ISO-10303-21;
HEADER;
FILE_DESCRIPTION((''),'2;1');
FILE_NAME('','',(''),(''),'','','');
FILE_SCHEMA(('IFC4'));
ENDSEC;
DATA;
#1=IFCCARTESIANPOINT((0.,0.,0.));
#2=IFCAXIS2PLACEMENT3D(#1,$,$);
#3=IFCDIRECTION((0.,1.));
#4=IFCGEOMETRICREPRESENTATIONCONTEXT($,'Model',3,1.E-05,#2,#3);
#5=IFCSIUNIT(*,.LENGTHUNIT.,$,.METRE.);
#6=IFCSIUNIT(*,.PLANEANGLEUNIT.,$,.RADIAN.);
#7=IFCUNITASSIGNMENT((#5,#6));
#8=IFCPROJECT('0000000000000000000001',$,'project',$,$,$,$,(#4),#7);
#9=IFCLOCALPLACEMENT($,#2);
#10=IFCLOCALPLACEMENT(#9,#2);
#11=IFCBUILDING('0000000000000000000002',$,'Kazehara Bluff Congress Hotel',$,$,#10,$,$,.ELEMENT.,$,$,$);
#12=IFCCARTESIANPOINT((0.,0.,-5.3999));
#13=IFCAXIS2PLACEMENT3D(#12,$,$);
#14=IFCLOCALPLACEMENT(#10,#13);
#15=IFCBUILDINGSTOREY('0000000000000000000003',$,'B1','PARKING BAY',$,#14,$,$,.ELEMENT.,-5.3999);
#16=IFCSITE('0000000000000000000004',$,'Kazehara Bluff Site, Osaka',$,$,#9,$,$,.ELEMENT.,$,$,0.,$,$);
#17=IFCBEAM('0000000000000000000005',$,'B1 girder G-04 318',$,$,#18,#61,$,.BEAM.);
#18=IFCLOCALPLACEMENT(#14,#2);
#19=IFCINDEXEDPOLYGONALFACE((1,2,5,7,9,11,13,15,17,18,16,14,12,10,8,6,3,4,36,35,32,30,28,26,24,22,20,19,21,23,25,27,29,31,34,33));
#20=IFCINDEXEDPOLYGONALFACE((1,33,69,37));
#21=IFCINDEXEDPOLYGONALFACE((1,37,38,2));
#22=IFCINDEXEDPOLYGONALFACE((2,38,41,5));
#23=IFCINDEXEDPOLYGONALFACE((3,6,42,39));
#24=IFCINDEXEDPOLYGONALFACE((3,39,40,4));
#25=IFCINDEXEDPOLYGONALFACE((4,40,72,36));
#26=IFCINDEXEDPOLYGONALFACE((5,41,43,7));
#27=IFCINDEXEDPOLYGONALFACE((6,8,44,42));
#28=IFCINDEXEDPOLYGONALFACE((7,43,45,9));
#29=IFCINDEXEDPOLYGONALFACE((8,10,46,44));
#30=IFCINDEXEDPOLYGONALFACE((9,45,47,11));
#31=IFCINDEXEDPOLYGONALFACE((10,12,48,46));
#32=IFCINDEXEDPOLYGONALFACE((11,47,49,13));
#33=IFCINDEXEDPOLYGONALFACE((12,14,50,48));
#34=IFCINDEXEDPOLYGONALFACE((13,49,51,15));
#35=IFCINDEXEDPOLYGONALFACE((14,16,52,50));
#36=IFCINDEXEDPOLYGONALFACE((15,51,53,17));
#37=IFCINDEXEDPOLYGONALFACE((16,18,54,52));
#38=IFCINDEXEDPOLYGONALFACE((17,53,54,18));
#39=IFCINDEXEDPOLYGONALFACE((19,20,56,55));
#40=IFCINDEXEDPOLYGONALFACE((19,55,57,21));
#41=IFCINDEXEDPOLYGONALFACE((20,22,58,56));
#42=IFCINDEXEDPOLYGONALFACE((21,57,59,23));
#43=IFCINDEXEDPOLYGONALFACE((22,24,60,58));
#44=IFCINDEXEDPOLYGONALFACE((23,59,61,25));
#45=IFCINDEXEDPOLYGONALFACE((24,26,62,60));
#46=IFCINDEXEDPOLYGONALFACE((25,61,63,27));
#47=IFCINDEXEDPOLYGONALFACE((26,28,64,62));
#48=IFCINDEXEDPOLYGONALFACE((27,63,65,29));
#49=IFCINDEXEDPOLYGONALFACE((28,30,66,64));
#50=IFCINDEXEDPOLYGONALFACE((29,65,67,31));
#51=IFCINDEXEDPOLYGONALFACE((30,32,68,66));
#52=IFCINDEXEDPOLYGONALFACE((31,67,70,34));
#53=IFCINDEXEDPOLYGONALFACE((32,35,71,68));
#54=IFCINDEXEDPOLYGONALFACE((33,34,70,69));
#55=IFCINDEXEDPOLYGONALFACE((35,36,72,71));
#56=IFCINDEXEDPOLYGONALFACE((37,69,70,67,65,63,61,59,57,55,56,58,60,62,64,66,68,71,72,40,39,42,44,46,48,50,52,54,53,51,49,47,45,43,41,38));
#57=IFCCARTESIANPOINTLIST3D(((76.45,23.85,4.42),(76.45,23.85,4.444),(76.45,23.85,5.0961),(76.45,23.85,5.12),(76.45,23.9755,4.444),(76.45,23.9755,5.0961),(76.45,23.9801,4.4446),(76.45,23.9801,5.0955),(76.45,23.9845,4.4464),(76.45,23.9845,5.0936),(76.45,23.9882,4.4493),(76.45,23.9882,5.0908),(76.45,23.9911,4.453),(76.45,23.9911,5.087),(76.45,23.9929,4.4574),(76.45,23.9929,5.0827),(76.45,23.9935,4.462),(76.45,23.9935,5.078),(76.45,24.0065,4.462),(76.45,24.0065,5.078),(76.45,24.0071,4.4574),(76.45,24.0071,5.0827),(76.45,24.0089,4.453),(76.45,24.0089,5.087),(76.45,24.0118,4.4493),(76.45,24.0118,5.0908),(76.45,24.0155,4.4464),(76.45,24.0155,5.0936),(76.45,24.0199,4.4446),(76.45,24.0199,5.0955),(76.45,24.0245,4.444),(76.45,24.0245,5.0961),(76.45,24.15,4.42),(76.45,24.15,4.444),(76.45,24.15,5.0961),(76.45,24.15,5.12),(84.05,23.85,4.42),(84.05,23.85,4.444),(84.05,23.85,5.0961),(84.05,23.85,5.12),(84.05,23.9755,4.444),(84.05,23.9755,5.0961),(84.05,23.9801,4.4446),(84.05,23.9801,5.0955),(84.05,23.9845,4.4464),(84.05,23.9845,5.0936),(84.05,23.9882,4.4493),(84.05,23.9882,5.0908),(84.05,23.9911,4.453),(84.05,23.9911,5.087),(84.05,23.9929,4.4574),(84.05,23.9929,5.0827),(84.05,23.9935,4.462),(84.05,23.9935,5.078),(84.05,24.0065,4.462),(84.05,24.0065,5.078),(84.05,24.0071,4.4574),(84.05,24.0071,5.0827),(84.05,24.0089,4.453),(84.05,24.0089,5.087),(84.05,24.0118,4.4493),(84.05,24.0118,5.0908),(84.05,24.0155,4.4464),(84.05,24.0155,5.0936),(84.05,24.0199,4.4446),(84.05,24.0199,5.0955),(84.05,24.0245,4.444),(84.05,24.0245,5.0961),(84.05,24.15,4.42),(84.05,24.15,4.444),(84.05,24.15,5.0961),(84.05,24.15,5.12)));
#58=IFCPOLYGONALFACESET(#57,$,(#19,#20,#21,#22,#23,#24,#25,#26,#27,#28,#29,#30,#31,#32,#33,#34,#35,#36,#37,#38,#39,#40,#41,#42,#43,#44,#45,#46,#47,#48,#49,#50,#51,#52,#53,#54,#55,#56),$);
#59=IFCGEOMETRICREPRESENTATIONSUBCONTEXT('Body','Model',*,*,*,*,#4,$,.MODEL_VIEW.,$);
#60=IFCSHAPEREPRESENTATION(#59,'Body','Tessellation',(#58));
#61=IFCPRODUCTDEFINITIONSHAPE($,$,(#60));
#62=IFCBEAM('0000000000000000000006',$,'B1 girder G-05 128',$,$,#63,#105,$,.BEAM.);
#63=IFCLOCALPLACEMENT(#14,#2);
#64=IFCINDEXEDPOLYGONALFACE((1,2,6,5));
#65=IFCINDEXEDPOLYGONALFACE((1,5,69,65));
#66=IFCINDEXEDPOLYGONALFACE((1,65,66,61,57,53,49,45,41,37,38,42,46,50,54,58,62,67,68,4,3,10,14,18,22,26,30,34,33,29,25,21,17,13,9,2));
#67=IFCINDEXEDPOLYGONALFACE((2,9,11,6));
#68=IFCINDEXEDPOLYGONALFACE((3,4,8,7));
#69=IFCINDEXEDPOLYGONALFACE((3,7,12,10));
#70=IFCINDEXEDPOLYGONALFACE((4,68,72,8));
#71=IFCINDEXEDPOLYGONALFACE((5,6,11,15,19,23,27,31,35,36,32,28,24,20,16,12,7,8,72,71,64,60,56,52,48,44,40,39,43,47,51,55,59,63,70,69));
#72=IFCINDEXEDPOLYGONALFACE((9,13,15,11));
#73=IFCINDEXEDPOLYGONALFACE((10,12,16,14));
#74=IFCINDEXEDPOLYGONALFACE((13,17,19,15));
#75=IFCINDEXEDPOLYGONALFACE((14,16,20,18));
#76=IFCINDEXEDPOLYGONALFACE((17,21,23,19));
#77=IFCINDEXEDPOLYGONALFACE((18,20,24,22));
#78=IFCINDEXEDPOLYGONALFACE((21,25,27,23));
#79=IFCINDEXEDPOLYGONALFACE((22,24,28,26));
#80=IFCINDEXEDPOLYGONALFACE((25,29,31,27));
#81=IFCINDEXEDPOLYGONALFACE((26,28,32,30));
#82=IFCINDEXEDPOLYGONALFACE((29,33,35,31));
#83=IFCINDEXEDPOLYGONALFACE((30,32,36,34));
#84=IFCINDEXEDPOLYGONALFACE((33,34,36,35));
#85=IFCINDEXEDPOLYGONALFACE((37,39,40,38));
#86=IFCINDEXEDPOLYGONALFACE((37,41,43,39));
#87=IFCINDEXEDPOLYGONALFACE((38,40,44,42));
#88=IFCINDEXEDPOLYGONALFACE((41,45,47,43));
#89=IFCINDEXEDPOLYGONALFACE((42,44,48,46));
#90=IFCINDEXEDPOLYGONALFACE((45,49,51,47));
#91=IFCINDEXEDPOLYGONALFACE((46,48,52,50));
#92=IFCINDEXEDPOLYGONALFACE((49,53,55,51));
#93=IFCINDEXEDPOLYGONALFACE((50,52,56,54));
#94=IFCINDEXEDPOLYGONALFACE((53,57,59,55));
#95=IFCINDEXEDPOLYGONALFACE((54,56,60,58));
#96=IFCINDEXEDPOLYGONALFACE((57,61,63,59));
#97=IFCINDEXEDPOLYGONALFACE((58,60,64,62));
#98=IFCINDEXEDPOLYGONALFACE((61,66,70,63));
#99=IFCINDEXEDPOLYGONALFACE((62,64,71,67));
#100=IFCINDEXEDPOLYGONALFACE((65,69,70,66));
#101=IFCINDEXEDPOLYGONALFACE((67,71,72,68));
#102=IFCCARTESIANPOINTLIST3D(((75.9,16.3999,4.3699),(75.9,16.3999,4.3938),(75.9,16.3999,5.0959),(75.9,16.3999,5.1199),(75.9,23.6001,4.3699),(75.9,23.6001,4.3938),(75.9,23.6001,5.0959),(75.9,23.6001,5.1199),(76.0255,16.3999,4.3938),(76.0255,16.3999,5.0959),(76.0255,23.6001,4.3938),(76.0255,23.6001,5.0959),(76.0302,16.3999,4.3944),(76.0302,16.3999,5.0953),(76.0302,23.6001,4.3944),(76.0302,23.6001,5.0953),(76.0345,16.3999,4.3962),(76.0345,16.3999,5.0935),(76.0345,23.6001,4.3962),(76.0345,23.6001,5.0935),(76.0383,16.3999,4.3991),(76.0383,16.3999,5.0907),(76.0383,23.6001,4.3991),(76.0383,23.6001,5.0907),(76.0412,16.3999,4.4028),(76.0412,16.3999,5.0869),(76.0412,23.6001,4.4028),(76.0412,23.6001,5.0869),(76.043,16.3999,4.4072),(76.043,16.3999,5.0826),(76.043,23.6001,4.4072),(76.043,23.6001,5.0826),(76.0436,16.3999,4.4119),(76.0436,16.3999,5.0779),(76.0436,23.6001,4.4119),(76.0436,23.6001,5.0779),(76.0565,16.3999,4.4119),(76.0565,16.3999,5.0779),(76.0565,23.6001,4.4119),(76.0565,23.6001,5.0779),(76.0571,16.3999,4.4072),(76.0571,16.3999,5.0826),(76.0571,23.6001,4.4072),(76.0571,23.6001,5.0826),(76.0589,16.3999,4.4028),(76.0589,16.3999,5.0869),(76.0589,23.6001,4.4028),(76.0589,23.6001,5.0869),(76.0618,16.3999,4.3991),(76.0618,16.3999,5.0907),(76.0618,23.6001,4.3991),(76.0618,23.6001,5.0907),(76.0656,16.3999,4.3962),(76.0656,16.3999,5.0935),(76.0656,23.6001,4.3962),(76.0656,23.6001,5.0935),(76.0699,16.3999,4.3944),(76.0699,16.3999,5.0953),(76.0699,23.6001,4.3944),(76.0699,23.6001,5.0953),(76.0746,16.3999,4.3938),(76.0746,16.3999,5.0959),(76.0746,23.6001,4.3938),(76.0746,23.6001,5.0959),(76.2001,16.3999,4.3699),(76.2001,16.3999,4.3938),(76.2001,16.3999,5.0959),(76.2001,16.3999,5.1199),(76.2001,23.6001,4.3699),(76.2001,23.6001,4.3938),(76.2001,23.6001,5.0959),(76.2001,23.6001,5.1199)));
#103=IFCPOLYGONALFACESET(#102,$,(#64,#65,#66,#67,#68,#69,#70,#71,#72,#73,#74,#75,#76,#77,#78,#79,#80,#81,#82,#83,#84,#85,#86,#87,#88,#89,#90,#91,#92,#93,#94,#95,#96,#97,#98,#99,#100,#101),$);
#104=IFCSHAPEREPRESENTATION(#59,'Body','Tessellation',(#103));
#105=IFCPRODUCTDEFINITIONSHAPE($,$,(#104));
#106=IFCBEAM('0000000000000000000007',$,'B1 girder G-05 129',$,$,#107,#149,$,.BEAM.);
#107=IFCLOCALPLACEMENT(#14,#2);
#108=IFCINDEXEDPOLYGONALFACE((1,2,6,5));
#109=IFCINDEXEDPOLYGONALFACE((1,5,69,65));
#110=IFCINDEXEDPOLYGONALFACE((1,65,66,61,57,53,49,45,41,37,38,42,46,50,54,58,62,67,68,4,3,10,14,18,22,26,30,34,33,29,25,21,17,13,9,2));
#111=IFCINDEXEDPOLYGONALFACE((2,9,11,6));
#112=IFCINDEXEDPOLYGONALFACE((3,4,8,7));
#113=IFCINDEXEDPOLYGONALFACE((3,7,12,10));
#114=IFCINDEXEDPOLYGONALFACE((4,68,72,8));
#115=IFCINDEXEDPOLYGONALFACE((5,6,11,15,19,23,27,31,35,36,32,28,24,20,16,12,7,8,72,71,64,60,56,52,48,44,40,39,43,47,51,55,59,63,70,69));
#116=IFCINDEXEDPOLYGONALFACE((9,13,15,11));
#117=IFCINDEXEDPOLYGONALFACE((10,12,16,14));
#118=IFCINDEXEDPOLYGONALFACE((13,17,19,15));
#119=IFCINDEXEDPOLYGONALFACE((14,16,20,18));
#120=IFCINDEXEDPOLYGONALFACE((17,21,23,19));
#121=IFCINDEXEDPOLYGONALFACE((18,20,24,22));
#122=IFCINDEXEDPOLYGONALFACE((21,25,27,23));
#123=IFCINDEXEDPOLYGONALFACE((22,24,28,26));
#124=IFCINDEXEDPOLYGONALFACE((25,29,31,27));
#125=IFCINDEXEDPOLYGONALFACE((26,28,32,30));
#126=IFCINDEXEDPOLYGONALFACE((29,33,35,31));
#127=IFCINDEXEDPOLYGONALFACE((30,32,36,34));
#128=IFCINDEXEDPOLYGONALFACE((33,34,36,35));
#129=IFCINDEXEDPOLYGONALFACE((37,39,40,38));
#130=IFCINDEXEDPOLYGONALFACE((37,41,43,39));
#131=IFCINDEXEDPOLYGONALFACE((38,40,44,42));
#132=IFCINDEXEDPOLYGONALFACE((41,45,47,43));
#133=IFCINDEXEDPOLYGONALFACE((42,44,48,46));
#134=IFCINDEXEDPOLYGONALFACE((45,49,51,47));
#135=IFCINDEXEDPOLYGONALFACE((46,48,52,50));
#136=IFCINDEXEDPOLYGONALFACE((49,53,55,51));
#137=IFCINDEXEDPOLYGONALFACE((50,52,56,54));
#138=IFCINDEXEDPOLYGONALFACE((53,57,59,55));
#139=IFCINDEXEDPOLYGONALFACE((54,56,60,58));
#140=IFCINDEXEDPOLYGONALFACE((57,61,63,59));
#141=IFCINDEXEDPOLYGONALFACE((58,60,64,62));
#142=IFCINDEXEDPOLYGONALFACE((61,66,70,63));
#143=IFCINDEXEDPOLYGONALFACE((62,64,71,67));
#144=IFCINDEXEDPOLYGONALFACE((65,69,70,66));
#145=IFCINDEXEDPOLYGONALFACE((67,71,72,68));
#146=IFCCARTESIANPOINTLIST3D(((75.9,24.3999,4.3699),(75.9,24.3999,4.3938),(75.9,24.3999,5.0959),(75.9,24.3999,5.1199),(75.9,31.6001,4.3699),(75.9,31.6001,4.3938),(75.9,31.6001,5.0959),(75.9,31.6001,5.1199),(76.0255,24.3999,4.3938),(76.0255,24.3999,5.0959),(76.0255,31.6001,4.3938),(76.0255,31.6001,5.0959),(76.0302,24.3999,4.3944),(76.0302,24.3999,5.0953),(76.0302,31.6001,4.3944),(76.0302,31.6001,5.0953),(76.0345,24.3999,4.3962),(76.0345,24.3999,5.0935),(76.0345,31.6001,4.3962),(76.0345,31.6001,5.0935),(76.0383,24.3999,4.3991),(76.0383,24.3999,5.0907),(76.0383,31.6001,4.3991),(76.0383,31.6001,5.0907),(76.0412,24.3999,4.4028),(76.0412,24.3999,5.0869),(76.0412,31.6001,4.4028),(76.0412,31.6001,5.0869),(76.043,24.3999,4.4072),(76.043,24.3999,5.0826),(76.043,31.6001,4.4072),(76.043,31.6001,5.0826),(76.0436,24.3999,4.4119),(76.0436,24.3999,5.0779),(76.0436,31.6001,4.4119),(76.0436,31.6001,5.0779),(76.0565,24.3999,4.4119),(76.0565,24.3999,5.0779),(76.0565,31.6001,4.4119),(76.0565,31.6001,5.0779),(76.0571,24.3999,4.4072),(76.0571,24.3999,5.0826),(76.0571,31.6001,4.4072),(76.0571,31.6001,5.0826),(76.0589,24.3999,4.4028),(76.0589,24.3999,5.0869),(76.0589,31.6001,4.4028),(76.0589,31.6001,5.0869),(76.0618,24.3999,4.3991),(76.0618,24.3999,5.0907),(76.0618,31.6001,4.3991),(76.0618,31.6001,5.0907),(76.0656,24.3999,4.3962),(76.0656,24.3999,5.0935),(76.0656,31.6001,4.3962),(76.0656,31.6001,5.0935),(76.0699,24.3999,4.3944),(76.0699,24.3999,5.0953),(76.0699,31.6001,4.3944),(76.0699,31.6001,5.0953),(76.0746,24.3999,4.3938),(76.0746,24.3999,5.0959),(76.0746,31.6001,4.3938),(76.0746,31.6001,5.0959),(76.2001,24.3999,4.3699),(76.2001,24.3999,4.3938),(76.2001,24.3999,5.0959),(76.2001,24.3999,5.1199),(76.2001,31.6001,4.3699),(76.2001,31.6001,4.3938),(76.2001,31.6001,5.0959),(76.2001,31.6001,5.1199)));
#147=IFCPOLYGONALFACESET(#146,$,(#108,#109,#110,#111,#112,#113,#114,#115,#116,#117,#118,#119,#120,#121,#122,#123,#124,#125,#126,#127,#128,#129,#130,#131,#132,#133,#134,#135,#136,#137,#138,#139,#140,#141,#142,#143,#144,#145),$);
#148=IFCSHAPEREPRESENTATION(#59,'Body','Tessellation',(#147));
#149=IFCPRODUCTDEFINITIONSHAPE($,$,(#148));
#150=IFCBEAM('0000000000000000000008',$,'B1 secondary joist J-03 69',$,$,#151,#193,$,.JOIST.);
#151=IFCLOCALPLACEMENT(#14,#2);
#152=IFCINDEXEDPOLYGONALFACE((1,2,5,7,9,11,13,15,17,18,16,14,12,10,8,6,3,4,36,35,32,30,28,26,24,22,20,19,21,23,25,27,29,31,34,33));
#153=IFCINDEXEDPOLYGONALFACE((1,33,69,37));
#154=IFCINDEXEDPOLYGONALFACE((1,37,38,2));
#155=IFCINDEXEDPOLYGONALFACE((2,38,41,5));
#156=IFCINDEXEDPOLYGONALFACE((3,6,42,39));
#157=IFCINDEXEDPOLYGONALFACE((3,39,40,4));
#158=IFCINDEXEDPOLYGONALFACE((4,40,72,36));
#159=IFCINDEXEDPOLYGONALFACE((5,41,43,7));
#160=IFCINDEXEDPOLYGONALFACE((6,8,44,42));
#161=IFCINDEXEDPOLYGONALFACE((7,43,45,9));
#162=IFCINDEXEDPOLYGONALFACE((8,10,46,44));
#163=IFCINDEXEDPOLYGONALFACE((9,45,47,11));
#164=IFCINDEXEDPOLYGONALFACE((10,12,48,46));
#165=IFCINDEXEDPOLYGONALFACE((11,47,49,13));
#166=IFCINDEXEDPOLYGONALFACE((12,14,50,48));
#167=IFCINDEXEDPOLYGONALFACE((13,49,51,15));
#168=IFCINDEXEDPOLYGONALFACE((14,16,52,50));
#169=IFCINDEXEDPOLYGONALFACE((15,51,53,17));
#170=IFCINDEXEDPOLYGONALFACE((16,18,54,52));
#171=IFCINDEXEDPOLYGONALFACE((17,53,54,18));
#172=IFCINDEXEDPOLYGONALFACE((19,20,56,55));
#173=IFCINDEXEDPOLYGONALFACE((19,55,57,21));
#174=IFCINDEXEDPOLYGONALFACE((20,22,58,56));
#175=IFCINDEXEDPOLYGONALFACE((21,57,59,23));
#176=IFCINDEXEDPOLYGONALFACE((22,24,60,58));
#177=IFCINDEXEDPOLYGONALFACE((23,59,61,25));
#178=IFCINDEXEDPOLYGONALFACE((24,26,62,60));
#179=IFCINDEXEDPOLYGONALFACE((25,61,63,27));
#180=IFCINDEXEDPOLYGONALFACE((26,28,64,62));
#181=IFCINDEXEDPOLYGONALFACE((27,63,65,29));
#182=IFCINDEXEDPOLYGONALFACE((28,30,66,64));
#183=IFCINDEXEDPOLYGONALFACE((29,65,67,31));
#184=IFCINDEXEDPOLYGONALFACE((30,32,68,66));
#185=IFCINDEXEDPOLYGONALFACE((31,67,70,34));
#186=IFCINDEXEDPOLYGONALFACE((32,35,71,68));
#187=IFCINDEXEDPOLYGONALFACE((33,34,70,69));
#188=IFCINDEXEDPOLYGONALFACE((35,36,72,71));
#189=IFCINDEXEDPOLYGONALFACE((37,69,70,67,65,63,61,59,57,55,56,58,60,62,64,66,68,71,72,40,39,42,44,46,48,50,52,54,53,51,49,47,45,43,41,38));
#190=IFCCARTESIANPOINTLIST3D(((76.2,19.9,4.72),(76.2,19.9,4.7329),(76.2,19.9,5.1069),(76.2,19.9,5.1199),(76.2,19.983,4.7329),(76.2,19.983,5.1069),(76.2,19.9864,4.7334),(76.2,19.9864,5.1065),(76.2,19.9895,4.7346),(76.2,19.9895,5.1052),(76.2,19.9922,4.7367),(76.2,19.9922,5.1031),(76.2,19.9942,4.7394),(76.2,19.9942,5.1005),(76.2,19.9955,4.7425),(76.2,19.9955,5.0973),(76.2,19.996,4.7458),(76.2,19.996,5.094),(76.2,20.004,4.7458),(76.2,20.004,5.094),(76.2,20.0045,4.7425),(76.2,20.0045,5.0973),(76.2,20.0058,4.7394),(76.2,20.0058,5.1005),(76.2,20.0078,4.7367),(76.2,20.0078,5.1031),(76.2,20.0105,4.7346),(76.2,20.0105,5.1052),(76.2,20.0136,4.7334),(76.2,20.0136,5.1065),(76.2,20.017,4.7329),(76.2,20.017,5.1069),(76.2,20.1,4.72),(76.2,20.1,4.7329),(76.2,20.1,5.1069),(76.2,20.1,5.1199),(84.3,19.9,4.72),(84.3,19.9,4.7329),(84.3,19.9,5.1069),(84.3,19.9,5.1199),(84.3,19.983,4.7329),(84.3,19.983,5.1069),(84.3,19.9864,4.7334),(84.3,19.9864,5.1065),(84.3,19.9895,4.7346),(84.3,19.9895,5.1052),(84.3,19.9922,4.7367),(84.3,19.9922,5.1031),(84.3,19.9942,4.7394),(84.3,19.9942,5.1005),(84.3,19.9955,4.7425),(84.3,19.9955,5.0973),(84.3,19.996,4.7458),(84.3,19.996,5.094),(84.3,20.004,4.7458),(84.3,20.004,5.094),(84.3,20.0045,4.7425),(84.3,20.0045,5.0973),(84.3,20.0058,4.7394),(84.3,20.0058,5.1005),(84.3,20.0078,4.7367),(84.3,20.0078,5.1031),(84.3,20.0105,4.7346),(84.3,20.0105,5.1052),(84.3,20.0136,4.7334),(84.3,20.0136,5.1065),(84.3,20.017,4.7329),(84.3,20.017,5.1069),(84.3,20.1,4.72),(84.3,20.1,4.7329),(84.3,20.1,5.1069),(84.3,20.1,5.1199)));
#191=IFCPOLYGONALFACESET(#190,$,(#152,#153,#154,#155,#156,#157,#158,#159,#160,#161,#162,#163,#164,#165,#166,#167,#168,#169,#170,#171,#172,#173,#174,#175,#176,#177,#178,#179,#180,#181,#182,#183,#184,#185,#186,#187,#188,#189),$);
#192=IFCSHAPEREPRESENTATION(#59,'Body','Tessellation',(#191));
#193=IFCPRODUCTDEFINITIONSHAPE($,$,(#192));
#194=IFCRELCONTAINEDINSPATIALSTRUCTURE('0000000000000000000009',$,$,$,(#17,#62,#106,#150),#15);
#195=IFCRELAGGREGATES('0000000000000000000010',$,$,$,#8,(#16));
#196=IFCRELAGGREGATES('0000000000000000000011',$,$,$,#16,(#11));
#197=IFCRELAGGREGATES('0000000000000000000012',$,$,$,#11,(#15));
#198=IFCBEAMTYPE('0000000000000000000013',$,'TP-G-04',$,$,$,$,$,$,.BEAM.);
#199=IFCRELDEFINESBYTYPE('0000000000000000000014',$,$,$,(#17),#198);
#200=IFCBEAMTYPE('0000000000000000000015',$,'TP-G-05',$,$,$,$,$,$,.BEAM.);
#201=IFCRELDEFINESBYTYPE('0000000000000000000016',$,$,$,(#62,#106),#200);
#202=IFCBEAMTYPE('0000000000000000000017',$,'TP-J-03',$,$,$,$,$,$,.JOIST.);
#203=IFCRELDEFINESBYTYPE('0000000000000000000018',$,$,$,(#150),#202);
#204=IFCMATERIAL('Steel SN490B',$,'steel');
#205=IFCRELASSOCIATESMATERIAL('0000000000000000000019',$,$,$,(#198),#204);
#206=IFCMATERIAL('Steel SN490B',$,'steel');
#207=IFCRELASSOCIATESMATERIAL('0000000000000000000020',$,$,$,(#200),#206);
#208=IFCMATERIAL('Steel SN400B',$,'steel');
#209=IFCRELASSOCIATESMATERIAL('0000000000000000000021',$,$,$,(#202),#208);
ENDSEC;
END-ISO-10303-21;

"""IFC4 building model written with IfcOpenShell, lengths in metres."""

from ifc_helpers import new_model, si_unit, direction, frame, origin, origin_2d, place, context, subcontext, project, spatial, i_section, extrude, material, material_profile, profile_set, type_object, element, save


model = new_model("IFC4")

# Units and contexts
model_context = context("Model", 3, precision=1e-05, world=origin(), true_north=direction((0.0, 1.0)))
body_context = subcontext(model_context, "Body", "Model", "MODEL_VIEW")
ifc_project = project(units=[si_unit("LENGTHUNIT", "METRE"), si_unit("PLANEANGLEUNIT", "RADIAN")], contexts=[model_context])

# Site, building, storey
site_placement = place(None, origin())
site = spatial("IfcSite", under=ifc_project, at=site_placement, Name="Kazehara Bluff Site, Osaka", CompositionType="ELEMENT", RefElevation=0.0)
building_placement = place(site_placement, origin())
building = spatial("IfcBuilding", under=site, at=building_placement, Name="Kazehara Bluff Congress Hotel", CompositionType="ELEMENT")
storey_placement = place(building_placement, frame((0.0, 0.0, -5.3999)))
storey = spatial("IfcBuildingStorey", under=building, at=storey_placement, Name="B1", Description="PARKING BAY", CompositionType="ELEMENT", Elevation=-5.3999)

# Beams
ifc_material_1 = material(Name="Steel SN490B", Category="steel")
ifc_material_profile_1 = material_profile(ifc_material_1, i_section(OverallWidth=0.3, OverallDepth=0.7, WebThickness=0.0129, FlangeThickness=0.0239, FilletRadius=0.0181, at=origin_2d()))
ifc_profile_set_1 = profile_set([ifc_material_profile_1], Name="Steel SN490B")
beam_type_1 = type_object("IfcBeamType", Name="TP-G-04", PredefinedType="BEAM", material=ifc_profile_set_1)
for number, where, z_axis, x_axis, name in (
    (1, (76.45, 24.0, 4.77), (1.0, 0.0, 0.0), (0.0, 1.0, 0.0), "B1 girder G-04 318"),
):
    element("IfcBeam", number, at=place(storey_placement, frame(where, z_axis=z_axis, x_axis=x_axis)), inside=storey, type_object=beam_type_1, Name=name, PredefinedType="BEAM", context=body_context, shape_type="SweptSolid", body=[
        extrude(i_section(OverallWidth=0.3, OverallDepth=0.7, WebThickness=0.0129, FlangeThickness=0.0239, FilletRadius=0.0181, at=origin_2d()), origin(), (0.0, 0.0, 1.0), 7.6001),
    ])
ifc_material_2 = material(Name="Steel SN490B", Category="steel")
ifc_material_profile_2 = material_profile(ifc_material_2, i_section(OverallWidth=0.3, OverallDepth=0.75, WebThickness=0.0129, FlangeThickness=0.0239, FilletRadius=0.0181, at=origin_2d()))
ifc_profile_set_2 = profile_set([ifc_material_profile_2], Name="Steel SN490B")
beam_type_2 = type_object("IfcBeamType", Name="TP-G-05", PredefinedType="BEAM", material=ifc_profile_set_2)
for number, where, z_axis, x_axis, name in (
    (2, (76.05, 16.3999, 4.7449), (0.0, 1.0, 0.0), (-1.0, 0.0, 0.0), "B1 girder G-05 128"),
    (3, (76.05, 24.3999, 4.7449), (0.0, 1.0, 0.0), (-1.0, 0.0, 0.0), "B1 girder G-05 129"),
):
    element("IfcBeam", number, at=place(storey_placement, frame(where, z_axis=z_axis, x_axis=x_axis)), inside=storey, type_object=beam_type_2, Name=name, PredefinedType="BEAM", context=body_context, shape_type="SweptSolid", body=[
        extrude(i_section(OverallWidth=0.3, OverallDepth=0.75, WebThickness=0.0129, FlangeThickness=0.0239, FilletRadius=0.0181, at=origin_2d()), origin(), (0.0, 0.0, 1.0), 7.2002),
    ])
ifc_material_3 = material(Name="Steel SN400B", Category="steel")
ifc_material_profile_3 = material_profile(ifc_material_3, i_section(OverallWidth=0.2, OverallDepth=0.3999, WebThickness=0.0081, FlangeThickness=0.0129, FilletRadius=0.0129, at=origin_2d()))
ifc_profile_set_3 = profile_set([ifc_material_profile_3], Name="Steel SN400B")
beam_type_3 = type_object("IfcBeamType", Name="TP-J-03", PredefinedType="JOIST", material=ifc_profile_set_3)
beam_placement = place(storey_placement, frame((76.2, 20.0, 4.9199), z_axis=(1.0, 0.0, 0.0), x_axis=(0.0, 1.0, 0.0)))
element("IfcBeam", 4, at=beam_placement, inside=storey, type_object=beam_type_3, Name="B1 secondary joist J-03 69", PredefinedType="JOIST", context=body_context, shape_type="SweptSolid", body=[
    extrude(i_section(OverallWidth=0.2, OverallDepth=0.3999, WebThickness=0.0081, FlangeThickness=0.0129, FilletRadius=0.0129, at=origin_2d()), origin(), (0.0, 0.0, 1.0), 8.1001),
])

save(model, "model.ifc")
